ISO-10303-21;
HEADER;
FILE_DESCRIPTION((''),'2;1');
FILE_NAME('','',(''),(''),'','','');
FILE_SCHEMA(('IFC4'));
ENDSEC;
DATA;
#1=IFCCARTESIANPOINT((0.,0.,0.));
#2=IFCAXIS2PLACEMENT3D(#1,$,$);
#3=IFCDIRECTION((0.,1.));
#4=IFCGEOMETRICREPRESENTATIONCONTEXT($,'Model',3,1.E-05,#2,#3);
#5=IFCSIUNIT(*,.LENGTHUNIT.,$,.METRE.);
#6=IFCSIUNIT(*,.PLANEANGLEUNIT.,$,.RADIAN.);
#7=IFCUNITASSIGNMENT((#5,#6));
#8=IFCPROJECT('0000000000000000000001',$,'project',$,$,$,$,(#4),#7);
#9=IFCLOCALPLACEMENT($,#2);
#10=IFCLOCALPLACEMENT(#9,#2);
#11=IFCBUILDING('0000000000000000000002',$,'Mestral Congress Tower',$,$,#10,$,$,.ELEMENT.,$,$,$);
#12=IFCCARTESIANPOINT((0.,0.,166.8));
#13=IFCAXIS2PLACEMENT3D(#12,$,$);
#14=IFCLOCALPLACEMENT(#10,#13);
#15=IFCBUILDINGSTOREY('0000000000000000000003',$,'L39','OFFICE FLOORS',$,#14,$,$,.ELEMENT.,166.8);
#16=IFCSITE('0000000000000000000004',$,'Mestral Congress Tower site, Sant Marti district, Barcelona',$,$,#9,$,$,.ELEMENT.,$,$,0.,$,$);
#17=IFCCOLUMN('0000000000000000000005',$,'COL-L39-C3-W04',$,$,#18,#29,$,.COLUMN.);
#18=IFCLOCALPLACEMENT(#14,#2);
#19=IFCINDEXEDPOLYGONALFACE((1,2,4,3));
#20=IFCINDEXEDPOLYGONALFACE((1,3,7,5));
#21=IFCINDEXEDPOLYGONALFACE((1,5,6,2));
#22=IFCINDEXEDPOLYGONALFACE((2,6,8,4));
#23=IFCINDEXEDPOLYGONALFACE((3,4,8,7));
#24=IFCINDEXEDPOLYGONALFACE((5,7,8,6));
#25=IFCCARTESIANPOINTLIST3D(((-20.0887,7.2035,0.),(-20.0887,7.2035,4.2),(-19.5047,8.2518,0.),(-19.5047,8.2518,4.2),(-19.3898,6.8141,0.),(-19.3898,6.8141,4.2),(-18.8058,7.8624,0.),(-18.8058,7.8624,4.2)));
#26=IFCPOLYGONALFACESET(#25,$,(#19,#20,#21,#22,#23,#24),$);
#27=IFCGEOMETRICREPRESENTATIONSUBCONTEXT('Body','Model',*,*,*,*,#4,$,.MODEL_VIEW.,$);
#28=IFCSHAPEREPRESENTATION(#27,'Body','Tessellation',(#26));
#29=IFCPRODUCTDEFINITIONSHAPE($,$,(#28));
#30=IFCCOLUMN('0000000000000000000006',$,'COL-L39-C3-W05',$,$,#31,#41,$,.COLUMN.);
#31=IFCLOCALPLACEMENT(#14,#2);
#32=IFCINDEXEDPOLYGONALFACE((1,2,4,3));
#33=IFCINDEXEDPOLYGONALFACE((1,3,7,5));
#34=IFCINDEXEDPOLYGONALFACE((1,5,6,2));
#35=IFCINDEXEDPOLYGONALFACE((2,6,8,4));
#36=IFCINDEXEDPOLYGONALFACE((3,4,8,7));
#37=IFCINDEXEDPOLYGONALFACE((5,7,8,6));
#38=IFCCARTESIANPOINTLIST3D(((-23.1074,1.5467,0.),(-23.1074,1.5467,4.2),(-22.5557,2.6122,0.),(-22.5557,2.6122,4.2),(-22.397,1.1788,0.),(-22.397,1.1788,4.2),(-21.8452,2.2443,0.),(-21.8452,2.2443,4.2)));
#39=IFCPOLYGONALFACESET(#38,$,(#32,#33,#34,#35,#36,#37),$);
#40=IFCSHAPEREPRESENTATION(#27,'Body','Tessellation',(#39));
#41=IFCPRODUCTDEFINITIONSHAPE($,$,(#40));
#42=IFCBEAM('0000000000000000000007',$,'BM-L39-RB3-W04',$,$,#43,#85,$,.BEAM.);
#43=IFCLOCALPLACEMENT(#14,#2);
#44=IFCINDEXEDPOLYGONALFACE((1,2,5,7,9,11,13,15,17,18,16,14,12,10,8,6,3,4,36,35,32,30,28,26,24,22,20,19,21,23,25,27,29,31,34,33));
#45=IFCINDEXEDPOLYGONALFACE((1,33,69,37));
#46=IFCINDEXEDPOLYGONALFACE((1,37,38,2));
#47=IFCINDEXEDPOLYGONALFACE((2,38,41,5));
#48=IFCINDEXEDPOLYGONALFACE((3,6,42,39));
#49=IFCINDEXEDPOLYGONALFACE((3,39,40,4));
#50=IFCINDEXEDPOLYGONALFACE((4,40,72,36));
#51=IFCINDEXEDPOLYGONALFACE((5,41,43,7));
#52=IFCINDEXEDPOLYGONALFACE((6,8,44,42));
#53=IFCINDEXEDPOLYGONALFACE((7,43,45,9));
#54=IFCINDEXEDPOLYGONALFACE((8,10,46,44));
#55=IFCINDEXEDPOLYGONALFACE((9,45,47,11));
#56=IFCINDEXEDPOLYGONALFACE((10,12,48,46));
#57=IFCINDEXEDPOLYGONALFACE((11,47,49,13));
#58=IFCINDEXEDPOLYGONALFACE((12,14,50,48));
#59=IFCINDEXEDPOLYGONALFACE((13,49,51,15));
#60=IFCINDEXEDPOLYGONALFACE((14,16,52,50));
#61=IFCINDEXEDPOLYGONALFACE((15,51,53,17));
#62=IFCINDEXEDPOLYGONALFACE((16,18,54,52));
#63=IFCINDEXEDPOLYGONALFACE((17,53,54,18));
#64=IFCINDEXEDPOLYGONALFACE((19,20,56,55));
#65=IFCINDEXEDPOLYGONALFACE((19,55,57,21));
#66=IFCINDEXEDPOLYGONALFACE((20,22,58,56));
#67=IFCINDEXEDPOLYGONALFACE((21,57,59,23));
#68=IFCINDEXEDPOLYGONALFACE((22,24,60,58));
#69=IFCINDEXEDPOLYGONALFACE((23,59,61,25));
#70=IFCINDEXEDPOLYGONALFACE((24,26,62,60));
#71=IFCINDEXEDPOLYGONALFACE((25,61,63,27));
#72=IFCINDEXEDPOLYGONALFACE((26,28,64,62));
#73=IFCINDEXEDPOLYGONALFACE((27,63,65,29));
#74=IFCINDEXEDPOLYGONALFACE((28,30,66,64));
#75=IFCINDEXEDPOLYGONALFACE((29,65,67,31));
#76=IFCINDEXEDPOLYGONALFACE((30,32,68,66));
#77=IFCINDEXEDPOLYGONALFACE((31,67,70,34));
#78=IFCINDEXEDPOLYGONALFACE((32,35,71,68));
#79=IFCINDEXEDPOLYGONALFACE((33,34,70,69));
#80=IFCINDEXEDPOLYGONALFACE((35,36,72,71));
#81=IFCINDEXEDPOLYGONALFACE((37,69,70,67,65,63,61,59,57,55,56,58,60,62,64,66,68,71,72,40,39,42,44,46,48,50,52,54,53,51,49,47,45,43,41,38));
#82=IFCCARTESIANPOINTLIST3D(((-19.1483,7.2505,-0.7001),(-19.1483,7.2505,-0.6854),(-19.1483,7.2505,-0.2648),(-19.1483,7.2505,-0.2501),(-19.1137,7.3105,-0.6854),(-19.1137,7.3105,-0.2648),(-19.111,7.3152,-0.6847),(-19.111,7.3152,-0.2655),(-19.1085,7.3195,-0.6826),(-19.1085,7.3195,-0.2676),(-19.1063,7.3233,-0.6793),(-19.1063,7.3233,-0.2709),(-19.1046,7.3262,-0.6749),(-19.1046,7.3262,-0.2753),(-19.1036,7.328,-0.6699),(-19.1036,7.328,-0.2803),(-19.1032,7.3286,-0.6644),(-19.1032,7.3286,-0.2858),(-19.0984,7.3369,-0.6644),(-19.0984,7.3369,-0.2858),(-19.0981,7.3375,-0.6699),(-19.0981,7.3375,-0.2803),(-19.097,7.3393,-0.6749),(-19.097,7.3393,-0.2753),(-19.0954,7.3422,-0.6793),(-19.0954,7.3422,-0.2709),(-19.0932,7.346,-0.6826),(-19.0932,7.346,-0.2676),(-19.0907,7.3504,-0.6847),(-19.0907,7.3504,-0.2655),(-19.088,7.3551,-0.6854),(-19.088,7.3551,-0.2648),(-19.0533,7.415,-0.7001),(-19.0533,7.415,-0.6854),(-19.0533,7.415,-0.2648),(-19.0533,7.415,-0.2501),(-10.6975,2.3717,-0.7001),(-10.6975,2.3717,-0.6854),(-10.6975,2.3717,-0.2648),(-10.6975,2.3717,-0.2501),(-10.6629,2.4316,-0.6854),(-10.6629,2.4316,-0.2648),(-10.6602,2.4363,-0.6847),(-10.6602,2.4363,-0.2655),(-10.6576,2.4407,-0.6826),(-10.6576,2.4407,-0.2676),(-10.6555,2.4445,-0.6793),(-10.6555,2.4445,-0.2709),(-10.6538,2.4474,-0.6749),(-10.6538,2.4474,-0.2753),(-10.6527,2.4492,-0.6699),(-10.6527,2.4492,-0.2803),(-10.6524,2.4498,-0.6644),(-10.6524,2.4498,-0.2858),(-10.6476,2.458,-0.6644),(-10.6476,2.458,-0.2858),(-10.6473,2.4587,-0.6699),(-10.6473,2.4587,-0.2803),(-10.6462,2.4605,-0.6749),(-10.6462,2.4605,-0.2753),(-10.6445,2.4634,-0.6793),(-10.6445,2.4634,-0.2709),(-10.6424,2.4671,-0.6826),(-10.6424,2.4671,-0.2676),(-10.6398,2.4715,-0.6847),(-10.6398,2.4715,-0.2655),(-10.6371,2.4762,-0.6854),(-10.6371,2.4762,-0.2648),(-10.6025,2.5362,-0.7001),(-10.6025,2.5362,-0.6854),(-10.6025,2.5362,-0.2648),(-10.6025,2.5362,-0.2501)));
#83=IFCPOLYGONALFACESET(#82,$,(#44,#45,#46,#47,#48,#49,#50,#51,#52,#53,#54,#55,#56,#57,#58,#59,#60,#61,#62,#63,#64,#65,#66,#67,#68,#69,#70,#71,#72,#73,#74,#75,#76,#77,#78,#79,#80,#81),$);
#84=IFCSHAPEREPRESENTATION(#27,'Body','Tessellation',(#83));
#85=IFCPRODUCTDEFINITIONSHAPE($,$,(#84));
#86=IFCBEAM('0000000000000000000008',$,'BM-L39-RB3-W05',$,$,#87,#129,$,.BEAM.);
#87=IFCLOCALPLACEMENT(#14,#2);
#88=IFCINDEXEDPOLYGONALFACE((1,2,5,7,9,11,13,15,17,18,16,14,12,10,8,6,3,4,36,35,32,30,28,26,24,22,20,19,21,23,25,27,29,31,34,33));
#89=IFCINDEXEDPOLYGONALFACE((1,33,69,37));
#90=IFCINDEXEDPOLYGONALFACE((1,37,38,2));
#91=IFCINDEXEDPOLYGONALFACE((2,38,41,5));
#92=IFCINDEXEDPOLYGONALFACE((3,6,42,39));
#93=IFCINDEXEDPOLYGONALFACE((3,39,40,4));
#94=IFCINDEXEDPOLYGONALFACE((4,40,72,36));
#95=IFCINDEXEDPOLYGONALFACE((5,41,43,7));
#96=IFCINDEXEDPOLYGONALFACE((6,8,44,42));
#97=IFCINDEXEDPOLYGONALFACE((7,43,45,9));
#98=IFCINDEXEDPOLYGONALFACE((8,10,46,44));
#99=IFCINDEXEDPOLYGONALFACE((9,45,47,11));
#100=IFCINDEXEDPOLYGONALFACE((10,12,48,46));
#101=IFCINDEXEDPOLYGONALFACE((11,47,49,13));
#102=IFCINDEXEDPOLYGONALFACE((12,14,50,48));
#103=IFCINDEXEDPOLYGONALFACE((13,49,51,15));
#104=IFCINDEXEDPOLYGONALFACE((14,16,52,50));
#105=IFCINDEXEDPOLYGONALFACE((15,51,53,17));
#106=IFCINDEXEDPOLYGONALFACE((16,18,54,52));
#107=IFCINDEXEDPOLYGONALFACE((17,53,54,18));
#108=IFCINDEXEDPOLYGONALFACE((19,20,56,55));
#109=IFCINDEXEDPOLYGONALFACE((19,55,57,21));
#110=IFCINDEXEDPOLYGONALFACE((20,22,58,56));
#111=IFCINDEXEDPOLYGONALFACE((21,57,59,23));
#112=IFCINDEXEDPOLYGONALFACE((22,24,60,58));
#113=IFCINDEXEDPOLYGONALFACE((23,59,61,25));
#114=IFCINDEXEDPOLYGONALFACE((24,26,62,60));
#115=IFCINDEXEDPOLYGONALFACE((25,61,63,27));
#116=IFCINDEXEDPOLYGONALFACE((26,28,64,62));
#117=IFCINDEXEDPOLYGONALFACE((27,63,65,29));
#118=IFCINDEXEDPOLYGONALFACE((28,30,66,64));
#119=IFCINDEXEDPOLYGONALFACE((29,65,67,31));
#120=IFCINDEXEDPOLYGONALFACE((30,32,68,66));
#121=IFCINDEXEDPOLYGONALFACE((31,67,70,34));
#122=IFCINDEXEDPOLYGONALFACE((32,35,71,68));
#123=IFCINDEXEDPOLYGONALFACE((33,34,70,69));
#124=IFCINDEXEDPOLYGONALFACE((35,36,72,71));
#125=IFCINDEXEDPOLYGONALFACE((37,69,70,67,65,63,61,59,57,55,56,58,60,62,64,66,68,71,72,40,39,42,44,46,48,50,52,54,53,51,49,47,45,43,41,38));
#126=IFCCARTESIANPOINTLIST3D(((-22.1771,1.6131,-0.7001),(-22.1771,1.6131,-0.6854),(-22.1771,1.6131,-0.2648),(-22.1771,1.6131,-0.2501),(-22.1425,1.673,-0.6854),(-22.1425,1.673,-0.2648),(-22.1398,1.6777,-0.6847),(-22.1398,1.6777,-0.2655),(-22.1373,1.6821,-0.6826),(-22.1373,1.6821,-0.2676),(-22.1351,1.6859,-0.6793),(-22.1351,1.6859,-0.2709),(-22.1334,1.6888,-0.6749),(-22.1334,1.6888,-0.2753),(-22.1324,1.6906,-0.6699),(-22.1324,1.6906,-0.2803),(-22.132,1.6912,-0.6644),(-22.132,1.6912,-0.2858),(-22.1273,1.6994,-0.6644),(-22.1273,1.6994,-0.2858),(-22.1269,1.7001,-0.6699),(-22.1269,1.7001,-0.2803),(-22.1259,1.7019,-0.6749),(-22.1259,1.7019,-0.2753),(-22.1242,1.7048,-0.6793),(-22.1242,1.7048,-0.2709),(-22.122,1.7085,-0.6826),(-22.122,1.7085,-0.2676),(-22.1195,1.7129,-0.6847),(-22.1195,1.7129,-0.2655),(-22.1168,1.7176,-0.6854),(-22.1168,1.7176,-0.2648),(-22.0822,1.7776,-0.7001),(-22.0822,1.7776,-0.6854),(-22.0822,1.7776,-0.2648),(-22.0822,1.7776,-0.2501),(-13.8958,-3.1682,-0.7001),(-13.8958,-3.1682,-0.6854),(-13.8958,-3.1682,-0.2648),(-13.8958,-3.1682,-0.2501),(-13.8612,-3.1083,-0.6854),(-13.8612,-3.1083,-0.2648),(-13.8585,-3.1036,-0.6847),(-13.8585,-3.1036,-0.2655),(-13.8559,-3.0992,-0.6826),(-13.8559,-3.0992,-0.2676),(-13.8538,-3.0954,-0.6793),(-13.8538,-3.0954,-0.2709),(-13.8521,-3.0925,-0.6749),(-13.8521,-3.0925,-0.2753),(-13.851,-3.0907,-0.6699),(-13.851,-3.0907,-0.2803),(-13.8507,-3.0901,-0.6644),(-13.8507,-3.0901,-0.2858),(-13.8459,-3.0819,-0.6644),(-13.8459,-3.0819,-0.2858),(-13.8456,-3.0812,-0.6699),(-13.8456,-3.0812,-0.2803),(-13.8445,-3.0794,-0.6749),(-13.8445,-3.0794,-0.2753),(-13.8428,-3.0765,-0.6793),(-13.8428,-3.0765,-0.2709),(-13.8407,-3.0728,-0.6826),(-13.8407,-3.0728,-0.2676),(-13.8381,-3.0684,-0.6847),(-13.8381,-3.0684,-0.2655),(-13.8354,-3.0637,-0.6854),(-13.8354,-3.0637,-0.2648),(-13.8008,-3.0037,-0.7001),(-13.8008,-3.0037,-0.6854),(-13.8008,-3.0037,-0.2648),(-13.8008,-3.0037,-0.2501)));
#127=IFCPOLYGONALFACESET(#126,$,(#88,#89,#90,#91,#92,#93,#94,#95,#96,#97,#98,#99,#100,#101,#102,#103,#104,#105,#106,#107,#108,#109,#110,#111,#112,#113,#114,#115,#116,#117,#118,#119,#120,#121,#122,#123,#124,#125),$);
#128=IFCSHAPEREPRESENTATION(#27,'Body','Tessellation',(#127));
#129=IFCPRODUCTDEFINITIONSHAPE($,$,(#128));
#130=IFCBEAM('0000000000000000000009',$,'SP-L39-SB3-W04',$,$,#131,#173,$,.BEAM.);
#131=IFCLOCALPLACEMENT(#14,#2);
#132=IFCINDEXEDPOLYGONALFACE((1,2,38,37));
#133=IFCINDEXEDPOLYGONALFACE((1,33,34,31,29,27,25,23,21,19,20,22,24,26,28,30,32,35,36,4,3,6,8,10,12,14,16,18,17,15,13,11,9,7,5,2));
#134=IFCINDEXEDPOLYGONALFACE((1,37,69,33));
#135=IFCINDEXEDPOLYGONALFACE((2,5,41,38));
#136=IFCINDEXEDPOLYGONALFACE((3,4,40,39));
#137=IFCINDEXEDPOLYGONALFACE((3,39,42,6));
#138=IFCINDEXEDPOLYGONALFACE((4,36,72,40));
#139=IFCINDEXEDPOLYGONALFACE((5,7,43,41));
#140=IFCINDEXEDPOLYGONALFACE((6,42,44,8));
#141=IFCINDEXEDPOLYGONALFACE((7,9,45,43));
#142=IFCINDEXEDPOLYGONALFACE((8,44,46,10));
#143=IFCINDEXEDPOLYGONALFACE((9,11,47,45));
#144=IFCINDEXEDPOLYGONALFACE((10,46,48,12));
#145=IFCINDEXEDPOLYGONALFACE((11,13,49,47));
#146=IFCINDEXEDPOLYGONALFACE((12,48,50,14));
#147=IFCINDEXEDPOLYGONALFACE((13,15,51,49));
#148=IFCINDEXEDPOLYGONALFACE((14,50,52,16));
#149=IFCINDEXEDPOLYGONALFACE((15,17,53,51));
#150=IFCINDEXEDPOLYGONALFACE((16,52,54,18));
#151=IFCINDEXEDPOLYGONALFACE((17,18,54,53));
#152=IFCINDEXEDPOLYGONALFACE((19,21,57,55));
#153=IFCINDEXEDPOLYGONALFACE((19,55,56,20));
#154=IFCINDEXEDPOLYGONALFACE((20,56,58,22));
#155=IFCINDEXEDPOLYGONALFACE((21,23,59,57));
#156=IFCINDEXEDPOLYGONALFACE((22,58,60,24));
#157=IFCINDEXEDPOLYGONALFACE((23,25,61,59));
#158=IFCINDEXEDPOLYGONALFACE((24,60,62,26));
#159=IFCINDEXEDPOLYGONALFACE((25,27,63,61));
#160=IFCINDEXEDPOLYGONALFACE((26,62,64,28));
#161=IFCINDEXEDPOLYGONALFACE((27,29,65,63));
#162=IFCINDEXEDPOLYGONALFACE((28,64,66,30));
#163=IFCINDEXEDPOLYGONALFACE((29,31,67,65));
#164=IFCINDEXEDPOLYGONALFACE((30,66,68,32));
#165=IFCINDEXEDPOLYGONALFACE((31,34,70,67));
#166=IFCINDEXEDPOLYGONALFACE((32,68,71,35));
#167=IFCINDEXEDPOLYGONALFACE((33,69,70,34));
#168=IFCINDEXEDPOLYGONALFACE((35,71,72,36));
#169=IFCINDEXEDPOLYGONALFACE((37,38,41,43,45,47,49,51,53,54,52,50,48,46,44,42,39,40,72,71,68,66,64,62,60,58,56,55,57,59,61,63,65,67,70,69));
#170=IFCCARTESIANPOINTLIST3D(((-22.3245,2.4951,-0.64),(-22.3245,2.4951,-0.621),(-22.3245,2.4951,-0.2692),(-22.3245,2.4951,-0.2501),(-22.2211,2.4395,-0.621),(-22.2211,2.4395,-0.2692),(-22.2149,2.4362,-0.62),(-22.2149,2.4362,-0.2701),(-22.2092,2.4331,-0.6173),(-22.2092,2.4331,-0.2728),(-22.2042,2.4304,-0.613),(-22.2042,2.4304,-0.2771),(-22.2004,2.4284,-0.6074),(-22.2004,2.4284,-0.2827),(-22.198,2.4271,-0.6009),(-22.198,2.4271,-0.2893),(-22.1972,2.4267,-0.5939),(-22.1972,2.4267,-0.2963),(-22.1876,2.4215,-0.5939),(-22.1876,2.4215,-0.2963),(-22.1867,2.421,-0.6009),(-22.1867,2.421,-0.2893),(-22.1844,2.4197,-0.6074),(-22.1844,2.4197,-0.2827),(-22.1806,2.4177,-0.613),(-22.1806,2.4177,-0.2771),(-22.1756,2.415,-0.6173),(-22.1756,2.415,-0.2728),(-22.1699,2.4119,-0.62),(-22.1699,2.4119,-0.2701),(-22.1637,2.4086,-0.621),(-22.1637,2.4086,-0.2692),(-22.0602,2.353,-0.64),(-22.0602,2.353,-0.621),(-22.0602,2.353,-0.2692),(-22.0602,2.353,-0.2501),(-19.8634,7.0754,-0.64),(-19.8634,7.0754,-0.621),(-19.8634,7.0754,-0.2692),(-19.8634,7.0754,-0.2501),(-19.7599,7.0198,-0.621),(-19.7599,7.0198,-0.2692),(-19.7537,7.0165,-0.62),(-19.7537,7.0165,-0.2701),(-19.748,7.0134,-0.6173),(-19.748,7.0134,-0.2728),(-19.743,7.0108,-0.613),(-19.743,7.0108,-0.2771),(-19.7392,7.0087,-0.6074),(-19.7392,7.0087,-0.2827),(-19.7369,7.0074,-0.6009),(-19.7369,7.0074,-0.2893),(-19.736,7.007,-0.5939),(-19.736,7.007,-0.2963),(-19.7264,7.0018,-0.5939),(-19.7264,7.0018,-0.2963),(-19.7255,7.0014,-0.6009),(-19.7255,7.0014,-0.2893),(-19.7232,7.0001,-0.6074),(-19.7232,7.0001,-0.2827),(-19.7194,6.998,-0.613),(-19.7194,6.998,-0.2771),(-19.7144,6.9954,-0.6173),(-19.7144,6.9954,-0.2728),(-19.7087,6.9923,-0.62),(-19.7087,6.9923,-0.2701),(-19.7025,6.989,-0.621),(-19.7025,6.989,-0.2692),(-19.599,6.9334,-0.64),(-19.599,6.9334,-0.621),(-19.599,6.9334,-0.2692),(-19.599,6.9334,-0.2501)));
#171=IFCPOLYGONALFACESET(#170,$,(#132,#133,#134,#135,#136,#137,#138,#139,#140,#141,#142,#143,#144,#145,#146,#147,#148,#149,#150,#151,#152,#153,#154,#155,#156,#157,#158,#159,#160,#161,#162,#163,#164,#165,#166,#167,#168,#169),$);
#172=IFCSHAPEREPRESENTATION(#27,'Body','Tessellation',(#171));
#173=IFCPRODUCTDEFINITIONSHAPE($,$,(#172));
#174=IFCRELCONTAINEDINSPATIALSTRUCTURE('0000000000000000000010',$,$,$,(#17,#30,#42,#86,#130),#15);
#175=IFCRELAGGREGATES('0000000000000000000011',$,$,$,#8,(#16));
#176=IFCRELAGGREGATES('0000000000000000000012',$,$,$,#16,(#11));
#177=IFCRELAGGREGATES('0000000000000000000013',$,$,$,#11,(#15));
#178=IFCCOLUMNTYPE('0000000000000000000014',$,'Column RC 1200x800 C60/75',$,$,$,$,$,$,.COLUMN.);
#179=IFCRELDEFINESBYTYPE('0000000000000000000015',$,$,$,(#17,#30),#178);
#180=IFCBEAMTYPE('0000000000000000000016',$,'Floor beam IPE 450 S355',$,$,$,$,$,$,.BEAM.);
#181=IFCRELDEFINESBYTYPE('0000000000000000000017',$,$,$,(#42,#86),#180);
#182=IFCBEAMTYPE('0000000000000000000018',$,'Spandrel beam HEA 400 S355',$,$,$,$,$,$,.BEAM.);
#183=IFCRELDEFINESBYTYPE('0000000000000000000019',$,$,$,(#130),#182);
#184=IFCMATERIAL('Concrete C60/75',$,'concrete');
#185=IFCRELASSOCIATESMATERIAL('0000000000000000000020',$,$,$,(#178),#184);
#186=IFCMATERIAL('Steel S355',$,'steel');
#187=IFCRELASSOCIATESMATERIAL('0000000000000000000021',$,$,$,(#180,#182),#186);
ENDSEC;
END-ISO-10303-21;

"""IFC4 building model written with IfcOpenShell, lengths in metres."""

from ifc_helpers import new_model, si_unit, direction, frame, origin, origin_2d, place, context, subcontext, project, spatial, rectangle, i_section, extrude, material, material_profile, profile_set, type_object, element, save


model = new_model("IFC4")

# Units and contexts
model_context = context("Model", 3, precision=1e-05, world=origin(), true_north=direction((0.0, 1.0)))
body_context = subcontext(model_context, "Body", "Model", "MODEL_VIEW")
ifc_project = project(units=[si_unit("LENGTHUNIT", "METRE"), si_unit("PLANEANGLEUNIT", "RADIAN")], contexts=[model_context])

# Site, building, storey
site_placement = place(None, origin())
site = spatial("IfcSite", under=ifc_project, at=site_placement, Name="Mestral Congress Tower site, Sant Marti district, Barcelona", CompositionType="ELEMENT", RefElevation=0.0)
building_placement = place(site_placement, origin())
building = spatial("IfcBuilding", under=site, at=building_placement, Name="Mestral Congress Tower", CompositionType="ELEMENT")
storey_placement = place(building_placement, frame((0.0, 0.0, 166.8)))
storey = spatial("IfcBuildingStorey", under=building, at=storey_placement, Name="L39", Description="OFFICE FLOORS", CompositionType="ELEMENT", Elevation=166.8)

# Columns
ifc_material_1 = material(Name="Concrete C60/75", Category="concrete")
ifc_material_profile_1 = material_profile(ifc_material_1, rectangle(XDim=1.2, YDim=0.8, at=origin_2d()), Name="RC 1200x800")
ifc_profile_set_1 = profile_set([ifc_material_profile_1], Name="Concrete C60/75")
column_type = type_object("IfcColumnType", Name="Column RC 1200x800 C60/75", PredefinedType="COLUMN", material=ifc_profile_set_1)
for number, where, z_axis, x_axis, name in (
    (1, (-19.4473, 7.533, 0.0), (0.0, 0.0, 1.0), (-0.486724, -0.873556, 0.0), "COL-L39-C3-W04"),
    (2, (-22.4763, 1.8955, 0.0), (0.0, 0.0, 1.0), (-0.459837, -0.888003, 0.0), "COL-L39-C3-W05"),
):
    element("IfcColumn", number, at=place(storey_placement, frame(where, z_axis=z_axis, x_axis=x_axis)), inside=storey, type_object=column_type, Name=name, PredefinedType="COLUMN", context=body_context, shape_type="SweptSolid", body=[
        extrude(rectangle(XDim=1.2, YDim=0.8, at=origin_2d()), origin(), (0.0, 0.0, 1.0), 4.2),
    ])

# Beams
ifc_material_2 = material(Name="Steel S355", Category="steel")
ifc_material_profile_2 = material_profile(ifc_material_2, i_section(OverallWidth=0.1899, OverallDepth=0.45, WebThickness=0.0095, FlangeThickness=0.0146, FilletRadius=0.021, at=origin_2d()), Name="IPE 450")
ifc_profile_set_2 = profile_set([ifc_material_profile_2], Name="Steel S355")
beam_type_1 = type_object("IfcBeamType", Name="Floor beam IPE 450 S355", PredefinedType="BEAM", material=ifc_profile_set_2)
beam_1_placement = place(storey_placement, frame((-19.1008, 7.3328, -0.4751), z_axis=(0.866036, -0.499982, 0.0), x_axis=(0.499982, 0.866036, 0.0)))
element("IfcBeam", 3, at=beam_1_placement, inside=storey, type_object=beam_type_1, Name="BM-L39-RB3-W04", PredefinedType="BEAM", context=body_context, shape_type="SweptSolid", body=[
    extrude(i_section(OverallWidth=0.1899, OverallDepth=0.45, WebThickness=0.0095, FlangeThickness=0.0146, FilletRadius=0.021, at=origin_2d()), origin(), (0.0, 0.0, 1.0), 9.7581),
])
beam_2_placement = place(storey_placement, frame((-22.1296, 1.6953, -0.4751), z_axis=(0.866022, -0.500005, 0.0), x_axis=(0.500005, 0.866022, 0.0)))
element("IfcBeam", 4, at=beam_2_placement, inside=storey, type_object=beam_type_1, Name="BM-L39-RB3-W05", PredefinedType="BEAM", context=body_context, shape_type="SweptSolid", body=[
    extrude(i_section(OverallWidth=0.1899, OverallDepth=0.45, WebThickness=0.0095, FlangeThickness=0.0146, FilletRadius=0.021, at=origin_2d()), origin(), (0.0, 0.0, 1.0), 9.5625),
])
ifc_material_profile_3 = material_profile(ifc_material_2, i_section(OverallWidth=0.3, OverallDepth=0.3899, WebThickness=0.011, FlangeThickness=0.019, FilletRadius=0.0271, at=origin_2d()), Name="HEA 400")
ifc_profile_set_3 = profile_set([ifc_material_profile_3], Name="Steel S355")
beam_type_2 = type_object("IfcBeamType", Name="Spandrel beam HEA 400 S355", PredefinedType="BEAM", material=ifc_profile_set_3)
beam_3_placement = place(storey_placement, frame((-19.7312, 7.0044, -0.4451), z_axis=(-0.473332, -0.880884, 0.0), x_axis=(0.880884, -0.473332, 0.0)))
element("IfcBeam", 5, at=beam_3_placement, inside=storey, type_object=beam_type_2, Name="SP-L39-SB3-W04", PredefinedType="BEAM", context=body_context, shape_type="SweptSolid", body=[
    extrude(i_section(OverallWidth=0.3, OverallDepth=0.3899, WebThickness=0.011, FlangeThickness=0.019, FilletRadius=0.0271, at=origin_2d()), origin(), (0.0, 0.0, 1.0), 5.1997),
])

save(model, "model.ifc")
